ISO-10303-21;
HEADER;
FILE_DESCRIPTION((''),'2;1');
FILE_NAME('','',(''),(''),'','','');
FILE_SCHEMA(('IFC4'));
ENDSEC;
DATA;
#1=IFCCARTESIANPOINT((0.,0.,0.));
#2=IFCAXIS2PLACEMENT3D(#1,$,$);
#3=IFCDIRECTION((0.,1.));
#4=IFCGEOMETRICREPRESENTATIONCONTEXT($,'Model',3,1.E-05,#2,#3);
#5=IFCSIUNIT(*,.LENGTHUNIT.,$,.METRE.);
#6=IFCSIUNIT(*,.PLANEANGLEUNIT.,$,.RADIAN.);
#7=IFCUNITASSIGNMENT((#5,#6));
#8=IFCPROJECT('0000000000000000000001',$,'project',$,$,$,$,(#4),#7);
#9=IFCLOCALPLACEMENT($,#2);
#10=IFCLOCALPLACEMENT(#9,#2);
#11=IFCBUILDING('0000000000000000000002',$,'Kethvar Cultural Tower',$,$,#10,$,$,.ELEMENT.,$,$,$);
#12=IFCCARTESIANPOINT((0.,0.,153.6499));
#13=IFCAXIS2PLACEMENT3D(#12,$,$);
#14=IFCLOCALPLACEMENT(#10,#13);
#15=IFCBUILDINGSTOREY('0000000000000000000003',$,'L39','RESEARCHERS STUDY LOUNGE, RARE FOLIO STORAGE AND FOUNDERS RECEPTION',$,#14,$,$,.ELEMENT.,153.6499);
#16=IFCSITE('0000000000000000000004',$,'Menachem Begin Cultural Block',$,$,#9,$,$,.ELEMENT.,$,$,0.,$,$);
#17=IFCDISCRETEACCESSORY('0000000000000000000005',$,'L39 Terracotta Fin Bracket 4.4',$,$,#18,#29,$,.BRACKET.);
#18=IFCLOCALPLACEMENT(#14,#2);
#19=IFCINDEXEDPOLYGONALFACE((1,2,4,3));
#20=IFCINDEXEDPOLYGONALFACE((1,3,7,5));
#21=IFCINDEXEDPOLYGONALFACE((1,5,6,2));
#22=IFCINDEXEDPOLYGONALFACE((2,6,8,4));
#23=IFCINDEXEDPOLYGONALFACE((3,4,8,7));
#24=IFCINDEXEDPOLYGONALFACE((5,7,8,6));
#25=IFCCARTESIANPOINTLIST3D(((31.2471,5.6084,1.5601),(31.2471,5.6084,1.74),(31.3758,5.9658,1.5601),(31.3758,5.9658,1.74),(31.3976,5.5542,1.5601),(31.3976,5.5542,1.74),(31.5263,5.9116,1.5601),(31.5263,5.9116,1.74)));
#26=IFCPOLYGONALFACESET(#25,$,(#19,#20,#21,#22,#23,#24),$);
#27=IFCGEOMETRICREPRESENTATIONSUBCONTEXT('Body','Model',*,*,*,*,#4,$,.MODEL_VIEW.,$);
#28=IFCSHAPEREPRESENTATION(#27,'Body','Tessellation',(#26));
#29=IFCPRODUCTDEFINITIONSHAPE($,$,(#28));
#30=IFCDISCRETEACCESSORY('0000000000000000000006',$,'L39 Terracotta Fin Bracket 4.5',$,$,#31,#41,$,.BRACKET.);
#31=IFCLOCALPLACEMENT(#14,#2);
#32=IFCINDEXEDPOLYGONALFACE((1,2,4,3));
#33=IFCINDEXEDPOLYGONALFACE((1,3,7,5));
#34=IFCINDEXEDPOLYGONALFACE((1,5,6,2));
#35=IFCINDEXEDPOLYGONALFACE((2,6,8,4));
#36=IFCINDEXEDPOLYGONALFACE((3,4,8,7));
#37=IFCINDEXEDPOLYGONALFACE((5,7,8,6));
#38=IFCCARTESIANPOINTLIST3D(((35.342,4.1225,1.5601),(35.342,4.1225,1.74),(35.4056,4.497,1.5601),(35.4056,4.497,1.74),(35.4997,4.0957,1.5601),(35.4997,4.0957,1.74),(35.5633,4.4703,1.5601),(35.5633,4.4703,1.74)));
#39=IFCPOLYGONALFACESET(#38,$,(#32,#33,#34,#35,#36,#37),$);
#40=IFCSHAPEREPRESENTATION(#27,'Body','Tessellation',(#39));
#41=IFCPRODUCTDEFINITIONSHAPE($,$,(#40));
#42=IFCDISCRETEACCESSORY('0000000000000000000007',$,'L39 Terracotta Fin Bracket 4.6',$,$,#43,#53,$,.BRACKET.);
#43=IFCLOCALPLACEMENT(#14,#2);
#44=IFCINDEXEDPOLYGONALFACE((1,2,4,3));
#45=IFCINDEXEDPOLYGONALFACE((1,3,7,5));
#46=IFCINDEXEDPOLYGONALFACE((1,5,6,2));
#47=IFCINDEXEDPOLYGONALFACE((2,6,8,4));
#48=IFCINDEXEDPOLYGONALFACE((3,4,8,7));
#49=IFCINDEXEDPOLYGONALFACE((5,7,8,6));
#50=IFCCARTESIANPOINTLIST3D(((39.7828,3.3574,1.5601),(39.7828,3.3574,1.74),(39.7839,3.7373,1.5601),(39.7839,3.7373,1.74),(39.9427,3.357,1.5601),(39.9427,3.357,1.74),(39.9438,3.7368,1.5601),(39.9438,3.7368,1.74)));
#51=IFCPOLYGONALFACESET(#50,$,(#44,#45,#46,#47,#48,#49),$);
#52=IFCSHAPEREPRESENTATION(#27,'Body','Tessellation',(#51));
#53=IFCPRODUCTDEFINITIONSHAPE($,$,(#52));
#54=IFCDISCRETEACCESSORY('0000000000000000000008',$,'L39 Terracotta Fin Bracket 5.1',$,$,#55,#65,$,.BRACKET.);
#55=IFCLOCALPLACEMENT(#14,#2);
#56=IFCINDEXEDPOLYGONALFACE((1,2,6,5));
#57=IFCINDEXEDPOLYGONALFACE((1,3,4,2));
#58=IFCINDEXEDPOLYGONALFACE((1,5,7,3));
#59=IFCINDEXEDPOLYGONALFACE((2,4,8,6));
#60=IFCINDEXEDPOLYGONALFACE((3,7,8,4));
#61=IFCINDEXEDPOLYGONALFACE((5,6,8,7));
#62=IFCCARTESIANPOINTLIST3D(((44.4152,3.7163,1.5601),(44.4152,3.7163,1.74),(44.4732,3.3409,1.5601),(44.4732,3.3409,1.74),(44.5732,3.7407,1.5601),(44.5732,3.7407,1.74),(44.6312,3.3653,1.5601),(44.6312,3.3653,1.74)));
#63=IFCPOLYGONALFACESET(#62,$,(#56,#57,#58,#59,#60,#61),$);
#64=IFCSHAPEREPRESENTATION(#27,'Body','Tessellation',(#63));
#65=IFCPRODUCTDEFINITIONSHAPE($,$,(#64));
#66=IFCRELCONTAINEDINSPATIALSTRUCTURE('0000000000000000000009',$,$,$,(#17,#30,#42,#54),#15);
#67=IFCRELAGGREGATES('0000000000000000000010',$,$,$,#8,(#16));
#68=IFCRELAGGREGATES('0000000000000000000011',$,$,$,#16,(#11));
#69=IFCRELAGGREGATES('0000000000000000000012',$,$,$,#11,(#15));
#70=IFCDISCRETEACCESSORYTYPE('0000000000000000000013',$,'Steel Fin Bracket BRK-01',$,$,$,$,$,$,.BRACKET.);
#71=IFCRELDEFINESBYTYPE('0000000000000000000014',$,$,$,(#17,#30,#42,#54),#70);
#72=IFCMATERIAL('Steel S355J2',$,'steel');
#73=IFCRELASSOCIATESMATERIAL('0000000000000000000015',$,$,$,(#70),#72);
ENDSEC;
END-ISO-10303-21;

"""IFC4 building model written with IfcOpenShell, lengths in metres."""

from ifc_helpers import new_model, si_unit, direction, frame, origin, origin_2d, place, context, subcontext, project, spatial, rectangle, extrude, source, transform, mapped, material, type_object, element, save


model = new_model("IFC4")

# Units and contexts
model_context = context("Model", 3, precision=1e-05, world=origin(), true_north=direction((0.0, 1.0)))
body_context = subcontext(model_context, "Body", "Model", "MODEL_VIEW")
ifc_project = project(units=[si_unit("LENGTHUNIT", "METRE"), si_unit("PLANEANGLEUNIT", "RADIAN")], contexts=[model_context])

# Site, building, storey
site_placement = place(None, origin())
site = spatial("IfcSite", under=ifc_project, at=site_placement, Name="Menachem Begin Cultural Block", CompositionType="ELEMENT", RefElevation=0.0)
building_placement = place(site_placement, origin())
building = spatial("IfcBuilding", under=site, at=building_placement, Name="Kethvar Cultural Tower", CompositionType="ELEMENT")
storey_placement = place(building_placement, frame((0.0, 0.0, 153.6499)))
storey = spatial("IfcBuildingStorey", under=building, at=storey_placement, Name="L39", Description="RESEARCHERS STUDY LOUNGE, RARE FOLIO STORAGE AND FOUNDERS RECEPTION", CompositionType="ELEMENT", Elevation=153.6499)

# Shared definitions
ifc_material_1 = material(Name="Steel S355J2", Category="steel")

# Discrete accessories
discrete_accessory_type = type_object("IfcDiscreteAccessoryType", Name="Steel Fin Bracket BRK-01", PredefinedType="BRACKET", material=ifc_material_1)
shared_shape_1 = source(origin(), body_context, "Body", "SweptSolid", [
    extrude(rectangle(XDim=0.3799, YDim=0.1599, at=origin_2d()), origin(), (0.0, 0.0, 1.0), 0.1799),
])
for number, where, z_axis, x_axis, name in (
    (1, (31.3867, 5.76, 1.5601), (0.0, 0.0, 1.0), (-0.338738, -0.940881, 0.0), "L39 Terracotta Fin Bracket 4.4"),
    (2, (35.4526, 4.2964, 1.5601), (0.0, 0.0, 1.0), (-0.167457, -0.985879, 0.0), "L39 Terracotta Fin Bracket 4.5"),
    (3, (39.8633, 3.5471, 1.5601), (0.0, 0.0, 1.0), (-0.002793, -0.999996, 0.0), "L39 Terracotta Fin Bracket 4.6"),
    (4, (44.5232, 3.5408, 1.5601), (0.0, 0.0, 1.0), (0.152641, -0.988282, 0.0), "L39 Terracotta Fin Bracket 5.1"),
):
    element("IfcDiscreteAccessory", number, at=place(storey_placement, frame(where, z_axis=z_axis, x_axis=x_axis)), inside=storey, type_object=discrete_accessory_type, Name=name, PredefinedType="BRACKET", context=body_context, shape_type="MappedRepresentation", body=[
        mapped(shared_shape_1, transform((0.0, 0.0, 0.0), scale=1.0)),
    ])

save(model, "model.ifc")
